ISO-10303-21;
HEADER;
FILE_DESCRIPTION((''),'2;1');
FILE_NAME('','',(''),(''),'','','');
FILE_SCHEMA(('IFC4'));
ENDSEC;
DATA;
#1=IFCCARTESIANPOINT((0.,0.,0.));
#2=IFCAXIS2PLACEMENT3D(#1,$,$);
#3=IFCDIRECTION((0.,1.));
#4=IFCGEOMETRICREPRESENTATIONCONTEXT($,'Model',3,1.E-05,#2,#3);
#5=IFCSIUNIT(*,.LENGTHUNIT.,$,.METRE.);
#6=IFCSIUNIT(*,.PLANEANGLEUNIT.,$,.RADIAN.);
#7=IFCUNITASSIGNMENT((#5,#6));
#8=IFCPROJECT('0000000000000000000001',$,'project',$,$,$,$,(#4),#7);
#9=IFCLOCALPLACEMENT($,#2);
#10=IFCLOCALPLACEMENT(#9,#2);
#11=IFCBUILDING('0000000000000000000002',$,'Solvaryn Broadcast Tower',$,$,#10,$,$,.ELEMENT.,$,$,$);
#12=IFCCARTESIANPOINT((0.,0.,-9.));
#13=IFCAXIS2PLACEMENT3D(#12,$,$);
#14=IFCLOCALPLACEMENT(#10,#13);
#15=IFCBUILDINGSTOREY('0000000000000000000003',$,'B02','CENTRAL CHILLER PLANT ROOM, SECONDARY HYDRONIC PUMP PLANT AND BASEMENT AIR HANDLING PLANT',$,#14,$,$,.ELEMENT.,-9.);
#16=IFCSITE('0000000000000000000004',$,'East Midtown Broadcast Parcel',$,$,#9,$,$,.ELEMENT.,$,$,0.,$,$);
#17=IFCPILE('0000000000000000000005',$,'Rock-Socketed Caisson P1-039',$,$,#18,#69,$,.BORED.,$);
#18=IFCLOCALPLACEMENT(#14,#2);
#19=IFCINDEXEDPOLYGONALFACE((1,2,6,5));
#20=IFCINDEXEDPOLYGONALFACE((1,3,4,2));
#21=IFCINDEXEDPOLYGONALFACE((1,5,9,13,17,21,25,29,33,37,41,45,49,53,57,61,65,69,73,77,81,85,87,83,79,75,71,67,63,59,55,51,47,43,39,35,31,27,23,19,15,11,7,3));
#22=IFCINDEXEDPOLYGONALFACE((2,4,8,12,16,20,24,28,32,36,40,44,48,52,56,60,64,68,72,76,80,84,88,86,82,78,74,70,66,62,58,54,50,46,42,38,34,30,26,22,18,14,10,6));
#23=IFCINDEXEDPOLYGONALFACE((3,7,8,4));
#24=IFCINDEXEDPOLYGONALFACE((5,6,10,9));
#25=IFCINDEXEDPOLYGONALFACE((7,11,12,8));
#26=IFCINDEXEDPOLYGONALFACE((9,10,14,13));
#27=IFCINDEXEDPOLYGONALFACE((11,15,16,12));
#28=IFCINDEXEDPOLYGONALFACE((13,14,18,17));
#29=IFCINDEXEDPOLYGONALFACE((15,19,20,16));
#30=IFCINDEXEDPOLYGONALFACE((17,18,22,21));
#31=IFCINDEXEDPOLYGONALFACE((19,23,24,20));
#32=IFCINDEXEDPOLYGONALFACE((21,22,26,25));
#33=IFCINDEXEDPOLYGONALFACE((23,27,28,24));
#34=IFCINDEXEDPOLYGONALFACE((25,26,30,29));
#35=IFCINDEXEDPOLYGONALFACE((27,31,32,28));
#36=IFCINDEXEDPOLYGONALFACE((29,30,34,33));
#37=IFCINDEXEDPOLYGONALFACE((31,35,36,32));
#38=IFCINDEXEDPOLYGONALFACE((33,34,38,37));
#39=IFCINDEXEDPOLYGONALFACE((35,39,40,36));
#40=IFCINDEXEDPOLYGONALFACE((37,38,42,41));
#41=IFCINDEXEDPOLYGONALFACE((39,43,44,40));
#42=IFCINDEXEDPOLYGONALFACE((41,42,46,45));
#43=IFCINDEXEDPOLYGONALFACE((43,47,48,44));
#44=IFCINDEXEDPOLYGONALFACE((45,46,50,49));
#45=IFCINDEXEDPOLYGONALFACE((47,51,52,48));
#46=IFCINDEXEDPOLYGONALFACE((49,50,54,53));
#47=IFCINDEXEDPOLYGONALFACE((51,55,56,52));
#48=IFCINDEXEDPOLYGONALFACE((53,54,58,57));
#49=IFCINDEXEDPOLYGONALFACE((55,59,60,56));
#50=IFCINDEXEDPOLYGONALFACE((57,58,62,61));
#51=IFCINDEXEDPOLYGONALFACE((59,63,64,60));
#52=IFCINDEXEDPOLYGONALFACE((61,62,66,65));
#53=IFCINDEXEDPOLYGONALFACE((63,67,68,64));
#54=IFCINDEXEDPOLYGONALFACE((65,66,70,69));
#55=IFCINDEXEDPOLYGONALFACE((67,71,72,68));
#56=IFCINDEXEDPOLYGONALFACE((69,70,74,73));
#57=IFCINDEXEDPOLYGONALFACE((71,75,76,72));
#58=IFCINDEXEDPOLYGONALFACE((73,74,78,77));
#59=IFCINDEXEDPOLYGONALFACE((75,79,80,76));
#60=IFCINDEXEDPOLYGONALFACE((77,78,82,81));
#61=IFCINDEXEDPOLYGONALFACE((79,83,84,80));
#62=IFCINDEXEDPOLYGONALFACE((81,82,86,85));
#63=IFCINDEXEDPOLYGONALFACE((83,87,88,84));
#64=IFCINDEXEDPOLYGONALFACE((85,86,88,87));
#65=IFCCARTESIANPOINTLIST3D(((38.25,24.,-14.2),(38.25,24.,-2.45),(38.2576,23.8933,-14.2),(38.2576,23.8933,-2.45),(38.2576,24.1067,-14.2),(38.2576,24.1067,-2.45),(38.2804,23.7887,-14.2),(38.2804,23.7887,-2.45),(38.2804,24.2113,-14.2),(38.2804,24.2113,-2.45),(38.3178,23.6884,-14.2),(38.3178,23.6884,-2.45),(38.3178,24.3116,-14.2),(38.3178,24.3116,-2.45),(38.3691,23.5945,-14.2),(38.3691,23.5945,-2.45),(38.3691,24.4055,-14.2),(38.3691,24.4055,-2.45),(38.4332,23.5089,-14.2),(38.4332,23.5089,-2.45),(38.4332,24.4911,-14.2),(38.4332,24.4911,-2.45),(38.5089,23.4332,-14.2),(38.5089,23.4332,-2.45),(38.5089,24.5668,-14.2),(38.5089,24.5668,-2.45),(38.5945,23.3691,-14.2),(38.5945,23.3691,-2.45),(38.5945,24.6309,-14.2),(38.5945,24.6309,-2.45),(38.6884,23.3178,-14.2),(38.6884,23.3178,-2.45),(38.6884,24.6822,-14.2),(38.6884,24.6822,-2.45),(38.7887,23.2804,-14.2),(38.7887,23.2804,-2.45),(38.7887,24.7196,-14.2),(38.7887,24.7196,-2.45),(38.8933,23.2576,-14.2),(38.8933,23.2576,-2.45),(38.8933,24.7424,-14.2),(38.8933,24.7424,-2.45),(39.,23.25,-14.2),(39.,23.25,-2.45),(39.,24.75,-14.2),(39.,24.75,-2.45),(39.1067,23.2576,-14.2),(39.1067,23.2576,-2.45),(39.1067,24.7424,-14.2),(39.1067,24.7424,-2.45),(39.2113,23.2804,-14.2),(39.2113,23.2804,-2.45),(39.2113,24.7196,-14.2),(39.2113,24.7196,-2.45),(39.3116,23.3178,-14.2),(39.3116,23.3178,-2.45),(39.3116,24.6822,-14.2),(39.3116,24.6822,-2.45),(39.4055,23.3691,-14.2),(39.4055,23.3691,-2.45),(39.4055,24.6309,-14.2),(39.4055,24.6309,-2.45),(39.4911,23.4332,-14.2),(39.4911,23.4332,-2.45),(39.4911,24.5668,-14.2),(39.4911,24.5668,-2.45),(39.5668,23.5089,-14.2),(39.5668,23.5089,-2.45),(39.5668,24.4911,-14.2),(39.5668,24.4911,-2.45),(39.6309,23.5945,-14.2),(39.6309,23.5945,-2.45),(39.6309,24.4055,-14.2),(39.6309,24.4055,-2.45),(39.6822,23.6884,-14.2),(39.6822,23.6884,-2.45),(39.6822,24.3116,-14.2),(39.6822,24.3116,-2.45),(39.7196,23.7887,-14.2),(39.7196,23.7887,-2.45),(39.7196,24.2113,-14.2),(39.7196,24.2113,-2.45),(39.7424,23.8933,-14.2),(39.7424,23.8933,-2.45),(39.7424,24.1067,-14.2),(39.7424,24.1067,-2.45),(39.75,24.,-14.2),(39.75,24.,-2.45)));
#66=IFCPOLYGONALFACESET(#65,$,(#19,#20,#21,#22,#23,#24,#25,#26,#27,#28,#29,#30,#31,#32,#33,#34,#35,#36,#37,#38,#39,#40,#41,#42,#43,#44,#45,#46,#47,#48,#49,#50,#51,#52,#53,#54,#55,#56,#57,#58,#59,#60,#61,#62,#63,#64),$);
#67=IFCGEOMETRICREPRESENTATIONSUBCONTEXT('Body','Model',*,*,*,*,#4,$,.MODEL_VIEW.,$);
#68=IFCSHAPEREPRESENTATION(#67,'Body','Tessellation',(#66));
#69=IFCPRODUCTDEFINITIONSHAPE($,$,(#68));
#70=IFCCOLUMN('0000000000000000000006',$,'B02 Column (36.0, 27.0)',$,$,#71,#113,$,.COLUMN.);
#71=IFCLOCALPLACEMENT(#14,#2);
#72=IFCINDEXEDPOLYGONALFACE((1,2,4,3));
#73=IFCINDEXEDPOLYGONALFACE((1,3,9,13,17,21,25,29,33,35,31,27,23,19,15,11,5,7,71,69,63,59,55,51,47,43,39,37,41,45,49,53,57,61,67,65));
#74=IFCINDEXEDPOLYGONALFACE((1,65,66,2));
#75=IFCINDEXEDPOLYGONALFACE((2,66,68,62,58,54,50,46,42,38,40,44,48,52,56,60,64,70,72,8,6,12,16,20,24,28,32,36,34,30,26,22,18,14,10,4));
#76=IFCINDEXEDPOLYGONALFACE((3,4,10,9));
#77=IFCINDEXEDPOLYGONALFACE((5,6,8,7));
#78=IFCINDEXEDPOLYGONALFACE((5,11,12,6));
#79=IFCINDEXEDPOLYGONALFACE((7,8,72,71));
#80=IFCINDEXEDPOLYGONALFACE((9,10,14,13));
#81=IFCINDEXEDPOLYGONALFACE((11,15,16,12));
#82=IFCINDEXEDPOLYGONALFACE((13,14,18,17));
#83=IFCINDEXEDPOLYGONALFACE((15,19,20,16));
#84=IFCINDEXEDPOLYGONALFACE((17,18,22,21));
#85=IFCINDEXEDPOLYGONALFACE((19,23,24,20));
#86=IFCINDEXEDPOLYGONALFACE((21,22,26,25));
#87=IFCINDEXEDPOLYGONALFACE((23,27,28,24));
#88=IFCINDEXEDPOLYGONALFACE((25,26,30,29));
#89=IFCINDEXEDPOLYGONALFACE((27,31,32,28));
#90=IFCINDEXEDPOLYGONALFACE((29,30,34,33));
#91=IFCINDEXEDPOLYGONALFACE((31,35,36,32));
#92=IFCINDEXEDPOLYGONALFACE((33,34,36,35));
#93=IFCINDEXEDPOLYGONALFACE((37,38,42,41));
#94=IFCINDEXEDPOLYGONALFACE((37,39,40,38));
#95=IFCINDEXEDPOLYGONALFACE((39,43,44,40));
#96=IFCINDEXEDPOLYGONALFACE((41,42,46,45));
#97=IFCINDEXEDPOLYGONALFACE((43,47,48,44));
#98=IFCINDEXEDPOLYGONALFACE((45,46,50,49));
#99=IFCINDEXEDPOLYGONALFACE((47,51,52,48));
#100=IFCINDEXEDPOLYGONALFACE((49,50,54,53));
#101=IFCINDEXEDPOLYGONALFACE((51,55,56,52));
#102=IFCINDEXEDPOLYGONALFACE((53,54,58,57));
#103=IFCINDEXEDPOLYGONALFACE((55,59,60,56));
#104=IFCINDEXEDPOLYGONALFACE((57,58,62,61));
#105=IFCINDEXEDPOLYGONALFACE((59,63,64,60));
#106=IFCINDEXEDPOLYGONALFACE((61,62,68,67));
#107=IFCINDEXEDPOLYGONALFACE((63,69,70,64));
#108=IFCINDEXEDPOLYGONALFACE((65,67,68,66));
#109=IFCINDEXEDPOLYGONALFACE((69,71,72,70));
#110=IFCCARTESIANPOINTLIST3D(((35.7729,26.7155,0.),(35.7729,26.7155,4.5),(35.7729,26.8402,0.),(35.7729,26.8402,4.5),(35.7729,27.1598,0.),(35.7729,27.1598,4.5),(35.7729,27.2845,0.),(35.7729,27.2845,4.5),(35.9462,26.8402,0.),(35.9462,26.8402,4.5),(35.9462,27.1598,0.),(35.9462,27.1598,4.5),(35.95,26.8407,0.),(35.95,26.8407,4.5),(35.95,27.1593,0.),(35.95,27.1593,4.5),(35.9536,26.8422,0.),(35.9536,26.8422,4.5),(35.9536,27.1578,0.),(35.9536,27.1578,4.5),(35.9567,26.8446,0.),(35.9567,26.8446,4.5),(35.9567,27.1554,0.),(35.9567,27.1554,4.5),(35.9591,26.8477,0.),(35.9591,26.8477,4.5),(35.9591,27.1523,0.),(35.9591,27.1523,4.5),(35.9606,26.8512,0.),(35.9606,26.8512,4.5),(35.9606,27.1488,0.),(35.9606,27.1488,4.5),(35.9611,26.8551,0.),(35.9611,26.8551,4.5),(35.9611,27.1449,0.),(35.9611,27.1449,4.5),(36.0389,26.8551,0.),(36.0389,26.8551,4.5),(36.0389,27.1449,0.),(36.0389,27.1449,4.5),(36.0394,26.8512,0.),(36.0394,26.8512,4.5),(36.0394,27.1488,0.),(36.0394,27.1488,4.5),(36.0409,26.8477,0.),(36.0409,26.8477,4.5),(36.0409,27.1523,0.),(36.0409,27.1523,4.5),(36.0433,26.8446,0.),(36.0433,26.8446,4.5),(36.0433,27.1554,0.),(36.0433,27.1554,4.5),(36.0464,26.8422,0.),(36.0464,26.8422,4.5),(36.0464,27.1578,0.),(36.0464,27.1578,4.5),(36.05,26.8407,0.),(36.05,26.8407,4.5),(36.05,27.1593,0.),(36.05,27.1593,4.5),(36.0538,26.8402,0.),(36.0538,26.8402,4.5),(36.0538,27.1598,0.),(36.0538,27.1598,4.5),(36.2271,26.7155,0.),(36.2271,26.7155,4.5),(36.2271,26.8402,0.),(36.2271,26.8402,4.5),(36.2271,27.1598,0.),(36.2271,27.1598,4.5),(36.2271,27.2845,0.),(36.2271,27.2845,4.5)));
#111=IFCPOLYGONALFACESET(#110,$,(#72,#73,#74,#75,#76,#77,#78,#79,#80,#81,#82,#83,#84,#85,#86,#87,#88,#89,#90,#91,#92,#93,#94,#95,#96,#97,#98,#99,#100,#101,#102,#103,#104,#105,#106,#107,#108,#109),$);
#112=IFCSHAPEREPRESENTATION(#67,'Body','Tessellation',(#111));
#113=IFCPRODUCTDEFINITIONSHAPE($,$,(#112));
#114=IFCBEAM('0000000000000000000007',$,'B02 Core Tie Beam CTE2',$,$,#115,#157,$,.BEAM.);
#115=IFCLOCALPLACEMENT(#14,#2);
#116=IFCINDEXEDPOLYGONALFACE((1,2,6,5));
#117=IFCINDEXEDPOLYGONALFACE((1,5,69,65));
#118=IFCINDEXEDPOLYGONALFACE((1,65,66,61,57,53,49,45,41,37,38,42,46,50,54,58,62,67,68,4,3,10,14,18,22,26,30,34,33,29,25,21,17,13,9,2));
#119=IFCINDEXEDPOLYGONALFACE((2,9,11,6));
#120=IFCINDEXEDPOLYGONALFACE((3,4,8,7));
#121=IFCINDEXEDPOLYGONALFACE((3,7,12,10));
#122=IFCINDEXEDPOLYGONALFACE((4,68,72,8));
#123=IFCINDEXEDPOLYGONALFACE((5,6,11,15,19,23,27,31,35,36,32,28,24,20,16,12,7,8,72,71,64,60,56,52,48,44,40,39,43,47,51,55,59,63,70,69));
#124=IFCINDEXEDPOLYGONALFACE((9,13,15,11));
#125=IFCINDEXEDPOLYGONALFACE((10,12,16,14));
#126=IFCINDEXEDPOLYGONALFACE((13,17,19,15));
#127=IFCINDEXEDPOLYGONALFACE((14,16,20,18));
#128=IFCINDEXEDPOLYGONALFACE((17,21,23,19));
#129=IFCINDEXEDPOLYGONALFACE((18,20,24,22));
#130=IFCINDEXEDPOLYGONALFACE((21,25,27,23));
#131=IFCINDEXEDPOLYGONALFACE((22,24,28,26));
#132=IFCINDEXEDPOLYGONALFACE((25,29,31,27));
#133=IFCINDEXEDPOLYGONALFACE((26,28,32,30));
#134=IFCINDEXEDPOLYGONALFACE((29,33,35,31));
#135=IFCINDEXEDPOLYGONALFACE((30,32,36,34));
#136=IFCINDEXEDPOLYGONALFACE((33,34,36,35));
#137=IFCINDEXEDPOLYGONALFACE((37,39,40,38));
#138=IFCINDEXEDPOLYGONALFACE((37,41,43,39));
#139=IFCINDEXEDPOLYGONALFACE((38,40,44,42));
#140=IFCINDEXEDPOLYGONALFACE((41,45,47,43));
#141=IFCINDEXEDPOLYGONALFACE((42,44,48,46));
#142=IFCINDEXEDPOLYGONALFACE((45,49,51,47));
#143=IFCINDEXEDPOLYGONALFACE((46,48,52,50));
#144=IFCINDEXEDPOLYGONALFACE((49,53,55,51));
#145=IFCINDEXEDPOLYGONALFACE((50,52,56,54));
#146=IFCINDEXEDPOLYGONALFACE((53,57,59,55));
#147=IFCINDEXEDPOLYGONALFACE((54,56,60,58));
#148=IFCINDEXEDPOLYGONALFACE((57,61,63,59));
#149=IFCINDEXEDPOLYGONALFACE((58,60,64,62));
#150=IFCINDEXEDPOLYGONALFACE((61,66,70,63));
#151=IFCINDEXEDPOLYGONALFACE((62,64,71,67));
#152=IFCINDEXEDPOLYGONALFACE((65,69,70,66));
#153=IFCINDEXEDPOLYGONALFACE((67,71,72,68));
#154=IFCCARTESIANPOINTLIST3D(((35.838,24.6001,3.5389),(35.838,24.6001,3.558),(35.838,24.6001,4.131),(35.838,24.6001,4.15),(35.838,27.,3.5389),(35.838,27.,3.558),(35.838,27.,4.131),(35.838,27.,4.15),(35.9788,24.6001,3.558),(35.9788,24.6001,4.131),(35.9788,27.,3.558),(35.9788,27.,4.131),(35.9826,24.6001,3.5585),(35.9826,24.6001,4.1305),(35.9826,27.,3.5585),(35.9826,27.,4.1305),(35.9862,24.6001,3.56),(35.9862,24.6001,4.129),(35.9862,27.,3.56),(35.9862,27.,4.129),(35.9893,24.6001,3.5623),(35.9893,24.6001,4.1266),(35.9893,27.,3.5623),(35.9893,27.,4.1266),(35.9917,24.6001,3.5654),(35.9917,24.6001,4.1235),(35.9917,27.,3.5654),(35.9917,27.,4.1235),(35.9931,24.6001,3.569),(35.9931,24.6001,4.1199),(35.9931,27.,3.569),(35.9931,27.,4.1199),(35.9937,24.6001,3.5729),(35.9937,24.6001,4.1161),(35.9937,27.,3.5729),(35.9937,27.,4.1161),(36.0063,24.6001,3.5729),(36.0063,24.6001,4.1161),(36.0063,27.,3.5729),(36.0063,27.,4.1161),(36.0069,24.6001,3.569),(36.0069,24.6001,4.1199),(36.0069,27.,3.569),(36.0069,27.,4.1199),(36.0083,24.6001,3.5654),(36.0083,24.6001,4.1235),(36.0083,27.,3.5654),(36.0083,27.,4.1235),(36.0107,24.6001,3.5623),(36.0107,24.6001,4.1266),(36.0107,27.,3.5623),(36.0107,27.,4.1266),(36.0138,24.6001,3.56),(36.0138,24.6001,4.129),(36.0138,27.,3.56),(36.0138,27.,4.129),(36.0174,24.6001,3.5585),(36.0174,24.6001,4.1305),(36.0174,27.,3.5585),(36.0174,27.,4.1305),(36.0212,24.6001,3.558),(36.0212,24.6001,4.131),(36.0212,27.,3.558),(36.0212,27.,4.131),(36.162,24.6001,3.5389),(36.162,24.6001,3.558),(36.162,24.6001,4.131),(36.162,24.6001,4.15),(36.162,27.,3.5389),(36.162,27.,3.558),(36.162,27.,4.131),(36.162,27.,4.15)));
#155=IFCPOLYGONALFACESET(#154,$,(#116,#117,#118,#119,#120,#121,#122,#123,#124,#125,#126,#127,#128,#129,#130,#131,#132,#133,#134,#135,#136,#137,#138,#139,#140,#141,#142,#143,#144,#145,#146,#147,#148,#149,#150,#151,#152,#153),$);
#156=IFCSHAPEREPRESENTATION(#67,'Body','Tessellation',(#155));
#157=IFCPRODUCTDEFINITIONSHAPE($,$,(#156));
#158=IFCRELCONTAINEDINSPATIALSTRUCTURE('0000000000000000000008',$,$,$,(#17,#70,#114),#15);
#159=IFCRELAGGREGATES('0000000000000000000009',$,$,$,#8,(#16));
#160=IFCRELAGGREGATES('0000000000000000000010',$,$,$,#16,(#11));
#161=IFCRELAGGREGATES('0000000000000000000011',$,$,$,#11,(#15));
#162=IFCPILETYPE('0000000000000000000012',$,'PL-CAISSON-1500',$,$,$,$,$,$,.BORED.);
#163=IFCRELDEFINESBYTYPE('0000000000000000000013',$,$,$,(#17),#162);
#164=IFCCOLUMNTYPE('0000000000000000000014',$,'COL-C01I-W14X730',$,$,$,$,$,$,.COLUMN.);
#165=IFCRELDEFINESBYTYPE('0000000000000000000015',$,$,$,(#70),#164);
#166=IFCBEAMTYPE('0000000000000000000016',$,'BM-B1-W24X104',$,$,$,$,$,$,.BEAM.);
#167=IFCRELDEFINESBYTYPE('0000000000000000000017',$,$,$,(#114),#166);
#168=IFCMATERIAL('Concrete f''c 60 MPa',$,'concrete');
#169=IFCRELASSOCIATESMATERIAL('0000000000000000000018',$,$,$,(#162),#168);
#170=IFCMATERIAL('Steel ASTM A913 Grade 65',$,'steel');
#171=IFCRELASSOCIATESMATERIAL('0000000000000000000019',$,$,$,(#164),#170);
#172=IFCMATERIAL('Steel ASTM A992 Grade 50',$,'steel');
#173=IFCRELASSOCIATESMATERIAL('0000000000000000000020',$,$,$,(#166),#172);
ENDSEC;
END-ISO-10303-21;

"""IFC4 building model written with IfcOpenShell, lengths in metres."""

from ifc_helpers import new_model, si_unit, direction, frame, origin, origin_2d, place, context, subcontext, project, spatial, circle, i_section, extrude, material, material_profile, profile_set, type_object, element, save


model = new_model("IFC4")

# Units and contexts
model_context = context("Model", 3, precision=1e-05, world=origin(), true_north=direction((0.0, 1.0)))
body_context = subcontext(model_context, "Body", "Model", "MODEL_VIEW")
ifc_project = project(units=[si_unit("LENGTHUNIT", "METRE"), si_unit("PLANEANGLEUNIT", "RADIAN")], contexts=[model_context])

# Site, building, storey
site_placement = place(None, origin())
site = spatial("IfcSite", under=ifc_project, at=site_placement, Name="East Midtown Broadcast Parcel", CompositionType="ELEMENT", RefElevation=0.0)
building_placement = place(site_placement, origin())
building = spatial("IfcBuilding", under=site, at=building_placement, Name="Solvaryn Broadcast Tower", CompositionType="ELEMENT")
storey_placement = place(building_placement, frame((0.0, 0.0, -9.0)))
storey = spatial("IfcBuildingStorey", under=building, at=storey_placement, Name="B02", Description="CENTRAL CHILLER PLANT ROOM, SECONDARY HYDRONIC PUMP PLANT AND BASEMENT AIR HANDLING PLANT", CompositionType="ELEMENT", Elevation=-9.0)

# Pile
ifc_material_1 = material(Name="Concrete f'c 60 MPa", Category="concrete")
ifc_material_profile_1 = material_profile(ifc_material_1, circle(Radius=0.75, at=origin_2d()))
ifc_profile_set_1 = profile_set([ifc_material_profile_1], Name="Concrete f'c 60 MPa")
pile_type_1 = type_object("IfcPileType", Name="PL-CAISSON-1500", PredefinedType="BORED", material=ifc_profile_set_1)
for number, where, z_axis, x_axis, name in (
    (1, (39.0, 24.0, -2.45), (0.0, 0.0, -1.0), (1.0, 0.0, 0.0), "Rock-Socketed Caisson P1-039"),
):
    element("IfcPile", number, at=place(storey_placement, frame(where, z_axis=z_axis, x_axis=x_axis)), inside=storey, type_object=pile_type_1, Name=name, PredefinedType="BORED", context=body_context, shape_type="SweptSolid", body=[
        extrude(circle(Radius=0.75, at=origin_2d()), origin(), (0.0, 0.0, 1.0), 11.75),
    ])

# Column
ifc_material_2 = material(Name="Steel ASTM A913 Grade 65", Category="steel")
ifc_material_profile_2 = material_profile(ifc_material_2, i_section(OverallWidth=0.4541, OverallDepth=0.5691, WebThickness=0.0779, FlangeThickness=0.1248, FilletRadius=0.0149, at=origin_2d()))
ifc_profile_set_2 = profile_set([ifc_material_profile_2], Name="Steel ASTM A913 Grade 65")
column_type = type_object("IfcColumnType", Name="COL-C01I-W14X730", PredefinedType="COLUMN", material=ifc_profile_set_2)
column_placement = place(storey_placement, frame((36.0, 27.0, 0.0), z_axis=(0.0, 0.0, 1.0), x_axis=(1.0, 0.0, 0.0)))
element("IfcColumn", 2, at=column_placement, inside=storey, type_object=column_type, Name="B02 Column (36.0, 27.0)", PredefinedType="COLUMN", context=body_context, shape_type="SweptSolid", body=[
    extrude(i_section(OverallWidth=0.4541, OverallDepth=0.5691, WebThickness=0.0779, FlangeThickness=0.1248, FilletRadius=0.0149, at=origin_2d()), origin(), (0.0, 0.0, 1.0), 4.5),
])

# Beam
ifc_material_3 = material(Name="Steel ASTM A992 Grade 50", Category="steel")
ifc_material_profile_3 = material_profile(ifc_material_3, i_section(OverallWidth=0.324, OverallDepth=0.6111, WebThickness=0.0127, FlangeThickness=0.019, FilletRadius=0.0149, at=origin_2d()))
ifc_profile_set_3 = profile_set([ifc_material_profile_3], Name="Steel ASTM A992 Grade 50")
beam_type_1 = type_object("IfcBeamType", Name="BM-B1-W24X104", PredefinedType="BEAM", material=ifc_profile_set_3)
beam_placement = place(storey_placement, frame((36.0, 24.6001, 3.8445), z_axis=(0.0, 1.0, 0.0), x_axis=(-1.0, 0.0, 0.0)))
element("IfcBeam", 3, at=beam_placement, inside=storey, type_object=beam_type_1, Name="B02 Core Tie Beam CTE2", PredefinedType="BEAM", context=body_context, shape_type="SweptSolid", body=[
    extrude(i_section(OverallWidth=0.324, OverallDepth=0.6111, WebThickness=0.0127, FlangeThickness=0.019, FilletRadius=0.0149, at=origin_2d()), origin(), (0.0, 0.0, 1.0), 2.3999),
])

save(model, "model.ifc")
